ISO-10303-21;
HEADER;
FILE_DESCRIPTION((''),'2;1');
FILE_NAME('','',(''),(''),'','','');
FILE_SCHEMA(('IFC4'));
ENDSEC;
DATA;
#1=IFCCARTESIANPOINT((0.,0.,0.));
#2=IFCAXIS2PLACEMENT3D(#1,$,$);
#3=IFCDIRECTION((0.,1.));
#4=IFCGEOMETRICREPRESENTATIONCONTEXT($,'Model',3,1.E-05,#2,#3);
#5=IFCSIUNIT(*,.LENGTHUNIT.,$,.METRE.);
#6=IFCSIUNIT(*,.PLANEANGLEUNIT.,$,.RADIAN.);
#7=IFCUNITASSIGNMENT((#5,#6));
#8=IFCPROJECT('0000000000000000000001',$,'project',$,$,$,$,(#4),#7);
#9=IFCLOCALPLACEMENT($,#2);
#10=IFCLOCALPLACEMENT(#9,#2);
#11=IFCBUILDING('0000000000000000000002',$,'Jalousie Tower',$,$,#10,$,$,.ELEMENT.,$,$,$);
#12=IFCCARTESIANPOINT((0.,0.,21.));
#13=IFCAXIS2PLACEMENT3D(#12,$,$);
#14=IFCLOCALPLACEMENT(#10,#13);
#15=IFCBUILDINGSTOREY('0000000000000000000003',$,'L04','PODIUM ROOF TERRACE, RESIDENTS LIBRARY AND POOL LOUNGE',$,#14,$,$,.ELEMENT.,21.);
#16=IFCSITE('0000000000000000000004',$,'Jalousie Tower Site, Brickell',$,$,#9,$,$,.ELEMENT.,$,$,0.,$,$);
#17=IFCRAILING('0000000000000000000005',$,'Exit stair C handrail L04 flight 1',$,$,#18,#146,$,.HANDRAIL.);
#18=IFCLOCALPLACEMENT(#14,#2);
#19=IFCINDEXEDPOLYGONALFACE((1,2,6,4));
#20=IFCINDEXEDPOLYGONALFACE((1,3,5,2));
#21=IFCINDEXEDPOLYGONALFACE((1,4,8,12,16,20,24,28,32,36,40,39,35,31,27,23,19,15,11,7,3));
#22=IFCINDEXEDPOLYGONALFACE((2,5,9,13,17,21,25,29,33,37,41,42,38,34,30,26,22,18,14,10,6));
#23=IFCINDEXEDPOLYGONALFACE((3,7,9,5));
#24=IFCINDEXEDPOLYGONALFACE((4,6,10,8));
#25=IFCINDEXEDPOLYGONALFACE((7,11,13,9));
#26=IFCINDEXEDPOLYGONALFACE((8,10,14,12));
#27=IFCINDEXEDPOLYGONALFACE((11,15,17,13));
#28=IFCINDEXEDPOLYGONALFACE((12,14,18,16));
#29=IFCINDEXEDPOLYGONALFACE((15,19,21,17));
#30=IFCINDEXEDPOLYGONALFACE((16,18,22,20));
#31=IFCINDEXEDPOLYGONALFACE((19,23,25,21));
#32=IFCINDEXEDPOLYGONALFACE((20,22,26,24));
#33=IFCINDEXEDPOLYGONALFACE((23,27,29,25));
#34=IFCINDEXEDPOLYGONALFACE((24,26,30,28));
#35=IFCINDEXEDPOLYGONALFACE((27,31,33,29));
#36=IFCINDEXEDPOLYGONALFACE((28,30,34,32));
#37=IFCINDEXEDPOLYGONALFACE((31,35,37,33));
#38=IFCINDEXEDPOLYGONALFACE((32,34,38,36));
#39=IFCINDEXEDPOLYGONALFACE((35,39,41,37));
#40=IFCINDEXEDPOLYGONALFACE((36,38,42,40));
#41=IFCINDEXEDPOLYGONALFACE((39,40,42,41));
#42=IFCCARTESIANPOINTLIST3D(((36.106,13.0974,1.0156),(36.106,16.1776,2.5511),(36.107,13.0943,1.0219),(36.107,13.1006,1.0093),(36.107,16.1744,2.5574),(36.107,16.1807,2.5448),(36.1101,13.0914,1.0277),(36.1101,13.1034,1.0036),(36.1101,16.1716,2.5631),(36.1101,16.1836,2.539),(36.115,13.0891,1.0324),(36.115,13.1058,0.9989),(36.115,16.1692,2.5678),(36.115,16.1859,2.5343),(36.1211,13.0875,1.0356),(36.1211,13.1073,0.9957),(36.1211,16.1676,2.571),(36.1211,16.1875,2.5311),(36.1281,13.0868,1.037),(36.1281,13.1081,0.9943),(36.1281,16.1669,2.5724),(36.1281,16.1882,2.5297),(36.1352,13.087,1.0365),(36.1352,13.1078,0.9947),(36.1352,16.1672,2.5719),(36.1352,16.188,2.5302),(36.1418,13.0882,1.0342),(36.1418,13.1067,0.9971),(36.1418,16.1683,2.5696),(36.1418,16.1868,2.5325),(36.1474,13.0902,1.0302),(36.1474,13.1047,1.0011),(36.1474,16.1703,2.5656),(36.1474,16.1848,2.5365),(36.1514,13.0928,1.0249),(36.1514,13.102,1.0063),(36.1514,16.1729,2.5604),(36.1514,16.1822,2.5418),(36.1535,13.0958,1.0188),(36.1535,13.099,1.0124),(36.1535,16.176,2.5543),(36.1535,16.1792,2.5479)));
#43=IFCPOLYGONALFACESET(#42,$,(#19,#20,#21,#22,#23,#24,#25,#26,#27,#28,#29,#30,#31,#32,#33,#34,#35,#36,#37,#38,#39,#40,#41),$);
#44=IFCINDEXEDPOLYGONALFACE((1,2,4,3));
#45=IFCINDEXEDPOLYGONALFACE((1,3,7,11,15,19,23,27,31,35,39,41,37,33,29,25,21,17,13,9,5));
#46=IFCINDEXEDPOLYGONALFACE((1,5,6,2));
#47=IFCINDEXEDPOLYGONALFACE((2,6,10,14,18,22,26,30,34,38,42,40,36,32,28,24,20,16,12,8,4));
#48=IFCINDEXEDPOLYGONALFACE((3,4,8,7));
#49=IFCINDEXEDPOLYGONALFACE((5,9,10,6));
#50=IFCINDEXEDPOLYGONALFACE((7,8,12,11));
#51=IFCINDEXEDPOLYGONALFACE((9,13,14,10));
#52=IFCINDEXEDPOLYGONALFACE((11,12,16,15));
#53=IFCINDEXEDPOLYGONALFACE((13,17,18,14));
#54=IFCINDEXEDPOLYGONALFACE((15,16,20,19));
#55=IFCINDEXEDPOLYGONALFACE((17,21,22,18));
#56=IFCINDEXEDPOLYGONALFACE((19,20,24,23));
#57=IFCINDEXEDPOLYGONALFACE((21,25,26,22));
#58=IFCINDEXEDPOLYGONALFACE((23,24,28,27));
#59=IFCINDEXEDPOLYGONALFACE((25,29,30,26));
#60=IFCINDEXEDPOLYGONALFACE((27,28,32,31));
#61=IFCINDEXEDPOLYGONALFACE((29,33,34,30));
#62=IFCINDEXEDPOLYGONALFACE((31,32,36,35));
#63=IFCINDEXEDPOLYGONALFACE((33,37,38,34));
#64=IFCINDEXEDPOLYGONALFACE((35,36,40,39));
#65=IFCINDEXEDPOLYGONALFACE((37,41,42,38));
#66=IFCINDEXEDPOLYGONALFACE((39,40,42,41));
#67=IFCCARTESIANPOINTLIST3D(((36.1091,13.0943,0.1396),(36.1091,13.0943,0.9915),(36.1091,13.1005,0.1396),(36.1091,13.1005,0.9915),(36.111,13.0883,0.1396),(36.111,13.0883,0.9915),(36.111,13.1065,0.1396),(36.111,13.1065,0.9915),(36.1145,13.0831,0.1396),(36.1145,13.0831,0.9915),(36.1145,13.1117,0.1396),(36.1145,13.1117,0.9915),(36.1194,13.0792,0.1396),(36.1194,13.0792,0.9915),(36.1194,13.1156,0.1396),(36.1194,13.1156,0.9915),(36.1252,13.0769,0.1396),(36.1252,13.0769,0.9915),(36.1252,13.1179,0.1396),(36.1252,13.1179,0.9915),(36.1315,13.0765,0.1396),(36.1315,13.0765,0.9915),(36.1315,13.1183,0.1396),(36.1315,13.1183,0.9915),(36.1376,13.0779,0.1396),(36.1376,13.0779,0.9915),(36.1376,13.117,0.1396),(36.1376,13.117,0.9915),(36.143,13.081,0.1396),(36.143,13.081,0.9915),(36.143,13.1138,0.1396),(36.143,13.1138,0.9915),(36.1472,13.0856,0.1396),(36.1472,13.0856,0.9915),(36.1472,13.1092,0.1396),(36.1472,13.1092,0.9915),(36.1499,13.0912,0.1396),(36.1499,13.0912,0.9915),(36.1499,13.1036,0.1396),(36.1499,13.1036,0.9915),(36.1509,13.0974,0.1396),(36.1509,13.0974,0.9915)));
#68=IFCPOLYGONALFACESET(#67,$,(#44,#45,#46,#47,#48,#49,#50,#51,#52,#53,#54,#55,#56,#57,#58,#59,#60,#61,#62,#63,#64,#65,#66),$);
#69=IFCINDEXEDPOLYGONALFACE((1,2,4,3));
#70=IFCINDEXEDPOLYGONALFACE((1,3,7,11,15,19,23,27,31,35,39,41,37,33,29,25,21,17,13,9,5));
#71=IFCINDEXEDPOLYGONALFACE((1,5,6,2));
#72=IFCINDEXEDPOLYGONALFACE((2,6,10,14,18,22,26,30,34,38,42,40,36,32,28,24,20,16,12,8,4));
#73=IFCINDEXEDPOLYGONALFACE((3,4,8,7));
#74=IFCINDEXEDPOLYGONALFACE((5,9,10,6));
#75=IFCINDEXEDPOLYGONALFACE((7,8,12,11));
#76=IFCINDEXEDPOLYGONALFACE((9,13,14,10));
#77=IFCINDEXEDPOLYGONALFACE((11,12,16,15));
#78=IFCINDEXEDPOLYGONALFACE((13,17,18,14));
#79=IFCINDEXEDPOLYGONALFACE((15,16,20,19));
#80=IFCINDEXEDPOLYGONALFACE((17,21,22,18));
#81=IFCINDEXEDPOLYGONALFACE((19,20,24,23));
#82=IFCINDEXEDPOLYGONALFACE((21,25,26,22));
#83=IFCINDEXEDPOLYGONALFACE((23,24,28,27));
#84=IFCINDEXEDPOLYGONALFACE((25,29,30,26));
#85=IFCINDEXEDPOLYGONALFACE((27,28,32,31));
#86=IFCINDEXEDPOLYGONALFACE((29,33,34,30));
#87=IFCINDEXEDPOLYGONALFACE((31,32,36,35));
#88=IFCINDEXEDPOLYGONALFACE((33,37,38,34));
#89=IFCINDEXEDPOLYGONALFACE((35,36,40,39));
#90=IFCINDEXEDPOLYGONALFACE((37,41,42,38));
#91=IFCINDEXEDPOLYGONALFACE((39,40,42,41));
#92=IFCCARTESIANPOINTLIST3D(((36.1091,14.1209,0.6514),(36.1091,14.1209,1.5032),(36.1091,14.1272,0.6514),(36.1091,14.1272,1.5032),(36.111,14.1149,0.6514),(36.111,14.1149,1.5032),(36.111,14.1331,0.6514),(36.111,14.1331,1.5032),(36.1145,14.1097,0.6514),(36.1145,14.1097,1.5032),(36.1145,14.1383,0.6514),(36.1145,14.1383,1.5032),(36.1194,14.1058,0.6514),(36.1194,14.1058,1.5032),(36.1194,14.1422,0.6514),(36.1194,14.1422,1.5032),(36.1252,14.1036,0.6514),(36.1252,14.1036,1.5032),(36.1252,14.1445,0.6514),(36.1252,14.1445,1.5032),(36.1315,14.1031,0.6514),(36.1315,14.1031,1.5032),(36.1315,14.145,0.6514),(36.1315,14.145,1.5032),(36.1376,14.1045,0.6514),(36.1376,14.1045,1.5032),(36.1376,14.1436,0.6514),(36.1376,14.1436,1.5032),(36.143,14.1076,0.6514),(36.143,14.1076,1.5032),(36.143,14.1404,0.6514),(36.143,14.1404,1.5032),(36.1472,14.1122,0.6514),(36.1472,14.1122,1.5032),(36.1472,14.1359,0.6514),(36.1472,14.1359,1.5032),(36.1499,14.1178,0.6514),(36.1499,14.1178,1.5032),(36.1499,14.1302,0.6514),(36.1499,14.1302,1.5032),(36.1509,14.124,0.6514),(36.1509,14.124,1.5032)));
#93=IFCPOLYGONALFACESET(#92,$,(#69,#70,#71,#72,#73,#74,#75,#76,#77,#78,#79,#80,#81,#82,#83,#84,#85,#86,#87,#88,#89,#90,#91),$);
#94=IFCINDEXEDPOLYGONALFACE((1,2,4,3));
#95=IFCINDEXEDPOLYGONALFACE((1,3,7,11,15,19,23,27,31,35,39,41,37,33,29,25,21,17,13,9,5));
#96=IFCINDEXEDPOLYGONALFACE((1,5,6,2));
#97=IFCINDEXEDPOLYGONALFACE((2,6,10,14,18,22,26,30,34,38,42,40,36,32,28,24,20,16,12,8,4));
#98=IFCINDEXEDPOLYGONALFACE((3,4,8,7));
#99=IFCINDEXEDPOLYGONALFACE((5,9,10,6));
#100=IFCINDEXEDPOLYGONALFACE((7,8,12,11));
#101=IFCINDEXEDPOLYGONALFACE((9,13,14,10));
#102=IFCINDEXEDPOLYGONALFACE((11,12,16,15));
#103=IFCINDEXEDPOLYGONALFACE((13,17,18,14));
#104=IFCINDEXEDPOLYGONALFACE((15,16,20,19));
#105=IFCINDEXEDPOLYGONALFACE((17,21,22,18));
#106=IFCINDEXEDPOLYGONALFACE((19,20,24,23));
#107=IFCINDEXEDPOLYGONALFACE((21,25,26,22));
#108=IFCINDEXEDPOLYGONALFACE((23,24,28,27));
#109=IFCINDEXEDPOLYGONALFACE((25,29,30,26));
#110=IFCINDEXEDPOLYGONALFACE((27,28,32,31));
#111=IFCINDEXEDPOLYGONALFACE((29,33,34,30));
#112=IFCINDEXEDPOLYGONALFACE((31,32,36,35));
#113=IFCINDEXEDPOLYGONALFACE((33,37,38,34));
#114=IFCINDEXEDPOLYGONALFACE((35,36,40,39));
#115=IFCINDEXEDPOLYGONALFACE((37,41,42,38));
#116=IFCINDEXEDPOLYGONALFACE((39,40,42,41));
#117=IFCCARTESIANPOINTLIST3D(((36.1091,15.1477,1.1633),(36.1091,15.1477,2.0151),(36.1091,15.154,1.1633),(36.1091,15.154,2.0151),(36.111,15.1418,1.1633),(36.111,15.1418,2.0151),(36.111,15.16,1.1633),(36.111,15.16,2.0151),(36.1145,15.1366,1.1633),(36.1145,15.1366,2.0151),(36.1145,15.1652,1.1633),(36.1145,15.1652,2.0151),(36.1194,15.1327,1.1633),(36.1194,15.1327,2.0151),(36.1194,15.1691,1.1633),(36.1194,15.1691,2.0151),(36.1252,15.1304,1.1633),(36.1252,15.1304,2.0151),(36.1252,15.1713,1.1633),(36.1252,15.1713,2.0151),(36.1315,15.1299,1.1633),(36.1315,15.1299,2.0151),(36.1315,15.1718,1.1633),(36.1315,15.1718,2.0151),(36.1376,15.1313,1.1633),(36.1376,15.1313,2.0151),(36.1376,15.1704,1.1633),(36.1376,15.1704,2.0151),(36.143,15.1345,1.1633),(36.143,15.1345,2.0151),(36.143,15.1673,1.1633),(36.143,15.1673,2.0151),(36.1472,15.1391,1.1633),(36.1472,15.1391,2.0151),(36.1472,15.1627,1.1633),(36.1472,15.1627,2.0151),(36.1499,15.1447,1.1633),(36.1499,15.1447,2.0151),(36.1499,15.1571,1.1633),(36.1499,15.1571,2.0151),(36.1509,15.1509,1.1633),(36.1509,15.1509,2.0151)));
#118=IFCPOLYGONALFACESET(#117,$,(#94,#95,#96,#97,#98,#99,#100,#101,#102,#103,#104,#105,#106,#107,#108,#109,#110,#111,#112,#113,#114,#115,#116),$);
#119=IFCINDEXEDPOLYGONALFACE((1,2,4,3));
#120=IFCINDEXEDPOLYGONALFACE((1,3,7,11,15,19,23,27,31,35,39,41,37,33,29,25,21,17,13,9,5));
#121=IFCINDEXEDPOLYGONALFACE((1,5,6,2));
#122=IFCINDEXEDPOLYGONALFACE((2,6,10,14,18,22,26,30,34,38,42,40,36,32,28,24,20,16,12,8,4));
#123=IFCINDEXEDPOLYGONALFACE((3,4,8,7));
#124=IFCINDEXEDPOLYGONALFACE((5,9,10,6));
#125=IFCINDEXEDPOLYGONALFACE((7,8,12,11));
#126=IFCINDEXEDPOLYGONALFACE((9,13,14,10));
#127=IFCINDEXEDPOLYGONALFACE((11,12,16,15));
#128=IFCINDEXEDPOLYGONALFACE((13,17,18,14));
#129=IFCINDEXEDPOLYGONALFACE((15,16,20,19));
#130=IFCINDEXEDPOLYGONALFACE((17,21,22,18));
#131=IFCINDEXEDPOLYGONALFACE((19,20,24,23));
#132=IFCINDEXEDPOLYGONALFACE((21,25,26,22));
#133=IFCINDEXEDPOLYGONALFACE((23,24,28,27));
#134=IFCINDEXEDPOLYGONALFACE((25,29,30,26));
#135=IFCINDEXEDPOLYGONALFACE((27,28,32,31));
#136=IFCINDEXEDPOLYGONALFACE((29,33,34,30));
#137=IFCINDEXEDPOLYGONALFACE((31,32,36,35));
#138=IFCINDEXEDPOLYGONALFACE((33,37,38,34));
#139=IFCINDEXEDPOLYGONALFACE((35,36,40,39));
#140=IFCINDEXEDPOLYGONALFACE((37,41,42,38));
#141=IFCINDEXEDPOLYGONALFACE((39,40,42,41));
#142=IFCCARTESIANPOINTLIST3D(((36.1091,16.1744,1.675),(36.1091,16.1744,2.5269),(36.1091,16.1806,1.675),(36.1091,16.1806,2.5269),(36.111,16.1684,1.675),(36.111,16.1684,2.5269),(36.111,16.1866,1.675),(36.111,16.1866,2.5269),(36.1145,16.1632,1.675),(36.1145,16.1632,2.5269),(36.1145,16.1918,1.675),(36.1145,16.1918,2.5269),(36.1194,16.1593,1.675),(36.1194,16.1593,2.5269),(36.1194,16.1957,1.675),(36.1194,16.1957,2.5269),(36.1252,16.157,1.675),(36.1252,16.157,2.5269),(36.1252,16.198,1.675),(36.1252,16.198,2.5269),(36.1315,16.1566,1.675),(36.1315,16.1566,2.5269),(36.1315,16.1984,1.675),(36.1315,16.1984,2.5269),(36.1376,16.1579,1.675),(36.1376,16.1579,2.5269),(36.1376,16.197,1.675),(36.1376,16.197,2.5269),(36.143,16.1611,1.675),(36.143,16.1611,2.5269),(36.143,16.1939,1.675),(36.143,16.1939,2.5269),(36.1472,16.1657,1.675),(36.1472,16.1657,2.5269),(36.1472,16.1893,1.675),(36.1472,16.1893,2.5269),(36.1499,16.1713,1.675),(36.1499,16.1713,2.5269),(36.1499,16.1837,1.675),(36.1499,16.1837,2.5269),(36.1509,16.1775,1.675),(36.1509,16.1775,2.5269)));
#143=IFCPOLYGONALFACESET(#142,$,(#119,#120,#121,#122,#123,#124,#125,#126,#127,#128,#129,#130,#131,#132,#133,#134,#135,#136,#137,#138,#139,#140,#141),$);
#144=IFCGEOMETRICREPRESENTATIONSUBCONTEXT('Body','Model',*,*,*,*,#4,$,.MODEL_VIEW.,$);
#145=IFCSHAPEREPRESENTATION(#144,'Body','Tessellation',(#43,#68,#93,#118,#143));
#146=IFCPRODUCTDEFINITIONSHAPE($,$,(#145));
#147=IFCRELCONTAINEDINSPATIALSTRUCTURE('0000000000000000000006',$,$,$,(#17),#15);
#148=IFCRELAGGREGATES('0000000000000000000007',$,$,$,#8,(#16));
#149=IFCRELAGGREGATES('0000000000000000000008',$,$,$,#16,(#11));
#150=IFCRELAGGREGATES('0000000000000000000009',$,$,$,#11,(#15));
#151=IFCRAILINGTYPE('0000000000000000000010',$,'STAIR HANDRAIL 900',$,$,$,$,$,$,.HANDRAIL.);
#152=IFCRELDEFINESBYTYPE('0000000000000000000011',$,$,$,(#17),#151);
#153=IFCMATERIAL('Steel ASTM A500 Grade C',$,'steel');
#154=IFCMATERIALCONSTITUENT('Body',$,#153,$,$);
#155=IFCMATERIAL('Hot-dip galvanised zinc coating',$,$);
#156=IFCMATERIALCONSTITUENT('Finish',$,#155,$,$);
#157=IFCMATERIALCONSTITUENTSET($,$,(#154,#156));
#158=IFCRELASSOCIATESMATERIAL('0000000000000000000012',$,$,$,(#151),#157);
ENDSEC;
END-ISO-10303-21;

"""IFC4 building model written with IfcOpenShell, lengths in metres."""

from ifc_helpers import new_model, si_unit, direction, frame, origin, origin_2d, place, context, subcontext, project, spatial, circle, extrude, material, constituent, constituent_set, type_object, element, save


model = new_model("IFC4")

# Units and contexts
model_context = context("Model", 3, precision=1e-05, world=origin(), true_north=direction((0.0, 1.0)))
body_context = subcontext(model_context, "Body", "Model", "MODEL_VIEW")
ifc_project = project(units=[si_unit("LENGTHUNIT", "METRE"), si_unit("PLANEANGLEUNIT", "RADIAN")], contexts=[model_context])

# Site, building, storey
site_placement = place(None, origin())
site = spatial("IfcSite", under=ifc_project, at=site_placement, Name="Jalousie Tower Site, Brickell", CompositionType="ELEMENT", RefElevation=0.0)
building_placement = place(site_placement, origin())
building = spatial("IfcBuilding", under=site, at=building_placement, Name="Jalousie Tower", CompositionType="ELEMENT")
storey_placement = place(building_placement, frame((0.0, 0.0, 21.0)))
storey = spatial("IfcBuildingStorey", under=building, at=storey_placement, Name="L04", Description="PODIUM ROOF TERRACE, RESIDENTS LIBRARY AND POOL LOUNGE", CompositionType="ELEMENT", Elevation=21.0)

# Railing
ifc_material_1 = material(Name="Steel ASTM A500 Grade C", Category="steel")
ifc_constituent_1 = constituent(ifc_material_1, Name="Body")
ifc_material_2 = material(Name="Hot-dip galvanised zinc coating")
ifc_constituent_2 = constituent(ifc_material_2, Name="Finish")
ifc_constituent_set_1 = constituent_set(constituents=[ifc_constituent_1, ifc_constituent_2])
railing_type_1 = type_object("IfcRailingType", Name="STAIR HANDRAIL 900", PredefinedType="HANDRAIL", material=ifc_constituent_set_1)
railing_1_placement = place(storey_placement, frame((36.1299, 13.0974, 0.1396)))
element("IfcRailing", 1, at=railing_1_placement, inside=storey, type_object=railing_type_1, Name="Exit stair C handrail L04 flight 1", PredefinedType="HANDRAIL", context=body_context, shape_type="SweptSolid", body=[
    extrude(circle(Radius=0.0239, at=origin_2d()), frame((0.0, 0.0, 0.876), z_axis=(0.0, 0.894966, 0.446135), x_axis=(-1.0, 0.0, 0.0)), (0.0, 0.0, 1.0), 3.4417),
    extrude(circle(Radius=0.021, at=origin_2d()), origin(), (0.0, 0.0, 1.0), 0.8518),
    extrude(circle(Radius=0.021, at=origin_2d()), frame((0.0, 1.0266, 0.5117)), (0.0, 0.0, 1.0), 0.8518),
    extrude(circle(Radius=0.021, at=origin_2d()), frame((0.0, 2.0535, 1.0237)), (0.0, 0.0, 1.0), 0.8518),
    extrude(circle(Radius=0.021, at=origin_2d()), frame((0.0, 3.0801, 1.5354)), (0.0, 0.0, 1.0), 0.8518),
])

save(model, "model.ifc")
